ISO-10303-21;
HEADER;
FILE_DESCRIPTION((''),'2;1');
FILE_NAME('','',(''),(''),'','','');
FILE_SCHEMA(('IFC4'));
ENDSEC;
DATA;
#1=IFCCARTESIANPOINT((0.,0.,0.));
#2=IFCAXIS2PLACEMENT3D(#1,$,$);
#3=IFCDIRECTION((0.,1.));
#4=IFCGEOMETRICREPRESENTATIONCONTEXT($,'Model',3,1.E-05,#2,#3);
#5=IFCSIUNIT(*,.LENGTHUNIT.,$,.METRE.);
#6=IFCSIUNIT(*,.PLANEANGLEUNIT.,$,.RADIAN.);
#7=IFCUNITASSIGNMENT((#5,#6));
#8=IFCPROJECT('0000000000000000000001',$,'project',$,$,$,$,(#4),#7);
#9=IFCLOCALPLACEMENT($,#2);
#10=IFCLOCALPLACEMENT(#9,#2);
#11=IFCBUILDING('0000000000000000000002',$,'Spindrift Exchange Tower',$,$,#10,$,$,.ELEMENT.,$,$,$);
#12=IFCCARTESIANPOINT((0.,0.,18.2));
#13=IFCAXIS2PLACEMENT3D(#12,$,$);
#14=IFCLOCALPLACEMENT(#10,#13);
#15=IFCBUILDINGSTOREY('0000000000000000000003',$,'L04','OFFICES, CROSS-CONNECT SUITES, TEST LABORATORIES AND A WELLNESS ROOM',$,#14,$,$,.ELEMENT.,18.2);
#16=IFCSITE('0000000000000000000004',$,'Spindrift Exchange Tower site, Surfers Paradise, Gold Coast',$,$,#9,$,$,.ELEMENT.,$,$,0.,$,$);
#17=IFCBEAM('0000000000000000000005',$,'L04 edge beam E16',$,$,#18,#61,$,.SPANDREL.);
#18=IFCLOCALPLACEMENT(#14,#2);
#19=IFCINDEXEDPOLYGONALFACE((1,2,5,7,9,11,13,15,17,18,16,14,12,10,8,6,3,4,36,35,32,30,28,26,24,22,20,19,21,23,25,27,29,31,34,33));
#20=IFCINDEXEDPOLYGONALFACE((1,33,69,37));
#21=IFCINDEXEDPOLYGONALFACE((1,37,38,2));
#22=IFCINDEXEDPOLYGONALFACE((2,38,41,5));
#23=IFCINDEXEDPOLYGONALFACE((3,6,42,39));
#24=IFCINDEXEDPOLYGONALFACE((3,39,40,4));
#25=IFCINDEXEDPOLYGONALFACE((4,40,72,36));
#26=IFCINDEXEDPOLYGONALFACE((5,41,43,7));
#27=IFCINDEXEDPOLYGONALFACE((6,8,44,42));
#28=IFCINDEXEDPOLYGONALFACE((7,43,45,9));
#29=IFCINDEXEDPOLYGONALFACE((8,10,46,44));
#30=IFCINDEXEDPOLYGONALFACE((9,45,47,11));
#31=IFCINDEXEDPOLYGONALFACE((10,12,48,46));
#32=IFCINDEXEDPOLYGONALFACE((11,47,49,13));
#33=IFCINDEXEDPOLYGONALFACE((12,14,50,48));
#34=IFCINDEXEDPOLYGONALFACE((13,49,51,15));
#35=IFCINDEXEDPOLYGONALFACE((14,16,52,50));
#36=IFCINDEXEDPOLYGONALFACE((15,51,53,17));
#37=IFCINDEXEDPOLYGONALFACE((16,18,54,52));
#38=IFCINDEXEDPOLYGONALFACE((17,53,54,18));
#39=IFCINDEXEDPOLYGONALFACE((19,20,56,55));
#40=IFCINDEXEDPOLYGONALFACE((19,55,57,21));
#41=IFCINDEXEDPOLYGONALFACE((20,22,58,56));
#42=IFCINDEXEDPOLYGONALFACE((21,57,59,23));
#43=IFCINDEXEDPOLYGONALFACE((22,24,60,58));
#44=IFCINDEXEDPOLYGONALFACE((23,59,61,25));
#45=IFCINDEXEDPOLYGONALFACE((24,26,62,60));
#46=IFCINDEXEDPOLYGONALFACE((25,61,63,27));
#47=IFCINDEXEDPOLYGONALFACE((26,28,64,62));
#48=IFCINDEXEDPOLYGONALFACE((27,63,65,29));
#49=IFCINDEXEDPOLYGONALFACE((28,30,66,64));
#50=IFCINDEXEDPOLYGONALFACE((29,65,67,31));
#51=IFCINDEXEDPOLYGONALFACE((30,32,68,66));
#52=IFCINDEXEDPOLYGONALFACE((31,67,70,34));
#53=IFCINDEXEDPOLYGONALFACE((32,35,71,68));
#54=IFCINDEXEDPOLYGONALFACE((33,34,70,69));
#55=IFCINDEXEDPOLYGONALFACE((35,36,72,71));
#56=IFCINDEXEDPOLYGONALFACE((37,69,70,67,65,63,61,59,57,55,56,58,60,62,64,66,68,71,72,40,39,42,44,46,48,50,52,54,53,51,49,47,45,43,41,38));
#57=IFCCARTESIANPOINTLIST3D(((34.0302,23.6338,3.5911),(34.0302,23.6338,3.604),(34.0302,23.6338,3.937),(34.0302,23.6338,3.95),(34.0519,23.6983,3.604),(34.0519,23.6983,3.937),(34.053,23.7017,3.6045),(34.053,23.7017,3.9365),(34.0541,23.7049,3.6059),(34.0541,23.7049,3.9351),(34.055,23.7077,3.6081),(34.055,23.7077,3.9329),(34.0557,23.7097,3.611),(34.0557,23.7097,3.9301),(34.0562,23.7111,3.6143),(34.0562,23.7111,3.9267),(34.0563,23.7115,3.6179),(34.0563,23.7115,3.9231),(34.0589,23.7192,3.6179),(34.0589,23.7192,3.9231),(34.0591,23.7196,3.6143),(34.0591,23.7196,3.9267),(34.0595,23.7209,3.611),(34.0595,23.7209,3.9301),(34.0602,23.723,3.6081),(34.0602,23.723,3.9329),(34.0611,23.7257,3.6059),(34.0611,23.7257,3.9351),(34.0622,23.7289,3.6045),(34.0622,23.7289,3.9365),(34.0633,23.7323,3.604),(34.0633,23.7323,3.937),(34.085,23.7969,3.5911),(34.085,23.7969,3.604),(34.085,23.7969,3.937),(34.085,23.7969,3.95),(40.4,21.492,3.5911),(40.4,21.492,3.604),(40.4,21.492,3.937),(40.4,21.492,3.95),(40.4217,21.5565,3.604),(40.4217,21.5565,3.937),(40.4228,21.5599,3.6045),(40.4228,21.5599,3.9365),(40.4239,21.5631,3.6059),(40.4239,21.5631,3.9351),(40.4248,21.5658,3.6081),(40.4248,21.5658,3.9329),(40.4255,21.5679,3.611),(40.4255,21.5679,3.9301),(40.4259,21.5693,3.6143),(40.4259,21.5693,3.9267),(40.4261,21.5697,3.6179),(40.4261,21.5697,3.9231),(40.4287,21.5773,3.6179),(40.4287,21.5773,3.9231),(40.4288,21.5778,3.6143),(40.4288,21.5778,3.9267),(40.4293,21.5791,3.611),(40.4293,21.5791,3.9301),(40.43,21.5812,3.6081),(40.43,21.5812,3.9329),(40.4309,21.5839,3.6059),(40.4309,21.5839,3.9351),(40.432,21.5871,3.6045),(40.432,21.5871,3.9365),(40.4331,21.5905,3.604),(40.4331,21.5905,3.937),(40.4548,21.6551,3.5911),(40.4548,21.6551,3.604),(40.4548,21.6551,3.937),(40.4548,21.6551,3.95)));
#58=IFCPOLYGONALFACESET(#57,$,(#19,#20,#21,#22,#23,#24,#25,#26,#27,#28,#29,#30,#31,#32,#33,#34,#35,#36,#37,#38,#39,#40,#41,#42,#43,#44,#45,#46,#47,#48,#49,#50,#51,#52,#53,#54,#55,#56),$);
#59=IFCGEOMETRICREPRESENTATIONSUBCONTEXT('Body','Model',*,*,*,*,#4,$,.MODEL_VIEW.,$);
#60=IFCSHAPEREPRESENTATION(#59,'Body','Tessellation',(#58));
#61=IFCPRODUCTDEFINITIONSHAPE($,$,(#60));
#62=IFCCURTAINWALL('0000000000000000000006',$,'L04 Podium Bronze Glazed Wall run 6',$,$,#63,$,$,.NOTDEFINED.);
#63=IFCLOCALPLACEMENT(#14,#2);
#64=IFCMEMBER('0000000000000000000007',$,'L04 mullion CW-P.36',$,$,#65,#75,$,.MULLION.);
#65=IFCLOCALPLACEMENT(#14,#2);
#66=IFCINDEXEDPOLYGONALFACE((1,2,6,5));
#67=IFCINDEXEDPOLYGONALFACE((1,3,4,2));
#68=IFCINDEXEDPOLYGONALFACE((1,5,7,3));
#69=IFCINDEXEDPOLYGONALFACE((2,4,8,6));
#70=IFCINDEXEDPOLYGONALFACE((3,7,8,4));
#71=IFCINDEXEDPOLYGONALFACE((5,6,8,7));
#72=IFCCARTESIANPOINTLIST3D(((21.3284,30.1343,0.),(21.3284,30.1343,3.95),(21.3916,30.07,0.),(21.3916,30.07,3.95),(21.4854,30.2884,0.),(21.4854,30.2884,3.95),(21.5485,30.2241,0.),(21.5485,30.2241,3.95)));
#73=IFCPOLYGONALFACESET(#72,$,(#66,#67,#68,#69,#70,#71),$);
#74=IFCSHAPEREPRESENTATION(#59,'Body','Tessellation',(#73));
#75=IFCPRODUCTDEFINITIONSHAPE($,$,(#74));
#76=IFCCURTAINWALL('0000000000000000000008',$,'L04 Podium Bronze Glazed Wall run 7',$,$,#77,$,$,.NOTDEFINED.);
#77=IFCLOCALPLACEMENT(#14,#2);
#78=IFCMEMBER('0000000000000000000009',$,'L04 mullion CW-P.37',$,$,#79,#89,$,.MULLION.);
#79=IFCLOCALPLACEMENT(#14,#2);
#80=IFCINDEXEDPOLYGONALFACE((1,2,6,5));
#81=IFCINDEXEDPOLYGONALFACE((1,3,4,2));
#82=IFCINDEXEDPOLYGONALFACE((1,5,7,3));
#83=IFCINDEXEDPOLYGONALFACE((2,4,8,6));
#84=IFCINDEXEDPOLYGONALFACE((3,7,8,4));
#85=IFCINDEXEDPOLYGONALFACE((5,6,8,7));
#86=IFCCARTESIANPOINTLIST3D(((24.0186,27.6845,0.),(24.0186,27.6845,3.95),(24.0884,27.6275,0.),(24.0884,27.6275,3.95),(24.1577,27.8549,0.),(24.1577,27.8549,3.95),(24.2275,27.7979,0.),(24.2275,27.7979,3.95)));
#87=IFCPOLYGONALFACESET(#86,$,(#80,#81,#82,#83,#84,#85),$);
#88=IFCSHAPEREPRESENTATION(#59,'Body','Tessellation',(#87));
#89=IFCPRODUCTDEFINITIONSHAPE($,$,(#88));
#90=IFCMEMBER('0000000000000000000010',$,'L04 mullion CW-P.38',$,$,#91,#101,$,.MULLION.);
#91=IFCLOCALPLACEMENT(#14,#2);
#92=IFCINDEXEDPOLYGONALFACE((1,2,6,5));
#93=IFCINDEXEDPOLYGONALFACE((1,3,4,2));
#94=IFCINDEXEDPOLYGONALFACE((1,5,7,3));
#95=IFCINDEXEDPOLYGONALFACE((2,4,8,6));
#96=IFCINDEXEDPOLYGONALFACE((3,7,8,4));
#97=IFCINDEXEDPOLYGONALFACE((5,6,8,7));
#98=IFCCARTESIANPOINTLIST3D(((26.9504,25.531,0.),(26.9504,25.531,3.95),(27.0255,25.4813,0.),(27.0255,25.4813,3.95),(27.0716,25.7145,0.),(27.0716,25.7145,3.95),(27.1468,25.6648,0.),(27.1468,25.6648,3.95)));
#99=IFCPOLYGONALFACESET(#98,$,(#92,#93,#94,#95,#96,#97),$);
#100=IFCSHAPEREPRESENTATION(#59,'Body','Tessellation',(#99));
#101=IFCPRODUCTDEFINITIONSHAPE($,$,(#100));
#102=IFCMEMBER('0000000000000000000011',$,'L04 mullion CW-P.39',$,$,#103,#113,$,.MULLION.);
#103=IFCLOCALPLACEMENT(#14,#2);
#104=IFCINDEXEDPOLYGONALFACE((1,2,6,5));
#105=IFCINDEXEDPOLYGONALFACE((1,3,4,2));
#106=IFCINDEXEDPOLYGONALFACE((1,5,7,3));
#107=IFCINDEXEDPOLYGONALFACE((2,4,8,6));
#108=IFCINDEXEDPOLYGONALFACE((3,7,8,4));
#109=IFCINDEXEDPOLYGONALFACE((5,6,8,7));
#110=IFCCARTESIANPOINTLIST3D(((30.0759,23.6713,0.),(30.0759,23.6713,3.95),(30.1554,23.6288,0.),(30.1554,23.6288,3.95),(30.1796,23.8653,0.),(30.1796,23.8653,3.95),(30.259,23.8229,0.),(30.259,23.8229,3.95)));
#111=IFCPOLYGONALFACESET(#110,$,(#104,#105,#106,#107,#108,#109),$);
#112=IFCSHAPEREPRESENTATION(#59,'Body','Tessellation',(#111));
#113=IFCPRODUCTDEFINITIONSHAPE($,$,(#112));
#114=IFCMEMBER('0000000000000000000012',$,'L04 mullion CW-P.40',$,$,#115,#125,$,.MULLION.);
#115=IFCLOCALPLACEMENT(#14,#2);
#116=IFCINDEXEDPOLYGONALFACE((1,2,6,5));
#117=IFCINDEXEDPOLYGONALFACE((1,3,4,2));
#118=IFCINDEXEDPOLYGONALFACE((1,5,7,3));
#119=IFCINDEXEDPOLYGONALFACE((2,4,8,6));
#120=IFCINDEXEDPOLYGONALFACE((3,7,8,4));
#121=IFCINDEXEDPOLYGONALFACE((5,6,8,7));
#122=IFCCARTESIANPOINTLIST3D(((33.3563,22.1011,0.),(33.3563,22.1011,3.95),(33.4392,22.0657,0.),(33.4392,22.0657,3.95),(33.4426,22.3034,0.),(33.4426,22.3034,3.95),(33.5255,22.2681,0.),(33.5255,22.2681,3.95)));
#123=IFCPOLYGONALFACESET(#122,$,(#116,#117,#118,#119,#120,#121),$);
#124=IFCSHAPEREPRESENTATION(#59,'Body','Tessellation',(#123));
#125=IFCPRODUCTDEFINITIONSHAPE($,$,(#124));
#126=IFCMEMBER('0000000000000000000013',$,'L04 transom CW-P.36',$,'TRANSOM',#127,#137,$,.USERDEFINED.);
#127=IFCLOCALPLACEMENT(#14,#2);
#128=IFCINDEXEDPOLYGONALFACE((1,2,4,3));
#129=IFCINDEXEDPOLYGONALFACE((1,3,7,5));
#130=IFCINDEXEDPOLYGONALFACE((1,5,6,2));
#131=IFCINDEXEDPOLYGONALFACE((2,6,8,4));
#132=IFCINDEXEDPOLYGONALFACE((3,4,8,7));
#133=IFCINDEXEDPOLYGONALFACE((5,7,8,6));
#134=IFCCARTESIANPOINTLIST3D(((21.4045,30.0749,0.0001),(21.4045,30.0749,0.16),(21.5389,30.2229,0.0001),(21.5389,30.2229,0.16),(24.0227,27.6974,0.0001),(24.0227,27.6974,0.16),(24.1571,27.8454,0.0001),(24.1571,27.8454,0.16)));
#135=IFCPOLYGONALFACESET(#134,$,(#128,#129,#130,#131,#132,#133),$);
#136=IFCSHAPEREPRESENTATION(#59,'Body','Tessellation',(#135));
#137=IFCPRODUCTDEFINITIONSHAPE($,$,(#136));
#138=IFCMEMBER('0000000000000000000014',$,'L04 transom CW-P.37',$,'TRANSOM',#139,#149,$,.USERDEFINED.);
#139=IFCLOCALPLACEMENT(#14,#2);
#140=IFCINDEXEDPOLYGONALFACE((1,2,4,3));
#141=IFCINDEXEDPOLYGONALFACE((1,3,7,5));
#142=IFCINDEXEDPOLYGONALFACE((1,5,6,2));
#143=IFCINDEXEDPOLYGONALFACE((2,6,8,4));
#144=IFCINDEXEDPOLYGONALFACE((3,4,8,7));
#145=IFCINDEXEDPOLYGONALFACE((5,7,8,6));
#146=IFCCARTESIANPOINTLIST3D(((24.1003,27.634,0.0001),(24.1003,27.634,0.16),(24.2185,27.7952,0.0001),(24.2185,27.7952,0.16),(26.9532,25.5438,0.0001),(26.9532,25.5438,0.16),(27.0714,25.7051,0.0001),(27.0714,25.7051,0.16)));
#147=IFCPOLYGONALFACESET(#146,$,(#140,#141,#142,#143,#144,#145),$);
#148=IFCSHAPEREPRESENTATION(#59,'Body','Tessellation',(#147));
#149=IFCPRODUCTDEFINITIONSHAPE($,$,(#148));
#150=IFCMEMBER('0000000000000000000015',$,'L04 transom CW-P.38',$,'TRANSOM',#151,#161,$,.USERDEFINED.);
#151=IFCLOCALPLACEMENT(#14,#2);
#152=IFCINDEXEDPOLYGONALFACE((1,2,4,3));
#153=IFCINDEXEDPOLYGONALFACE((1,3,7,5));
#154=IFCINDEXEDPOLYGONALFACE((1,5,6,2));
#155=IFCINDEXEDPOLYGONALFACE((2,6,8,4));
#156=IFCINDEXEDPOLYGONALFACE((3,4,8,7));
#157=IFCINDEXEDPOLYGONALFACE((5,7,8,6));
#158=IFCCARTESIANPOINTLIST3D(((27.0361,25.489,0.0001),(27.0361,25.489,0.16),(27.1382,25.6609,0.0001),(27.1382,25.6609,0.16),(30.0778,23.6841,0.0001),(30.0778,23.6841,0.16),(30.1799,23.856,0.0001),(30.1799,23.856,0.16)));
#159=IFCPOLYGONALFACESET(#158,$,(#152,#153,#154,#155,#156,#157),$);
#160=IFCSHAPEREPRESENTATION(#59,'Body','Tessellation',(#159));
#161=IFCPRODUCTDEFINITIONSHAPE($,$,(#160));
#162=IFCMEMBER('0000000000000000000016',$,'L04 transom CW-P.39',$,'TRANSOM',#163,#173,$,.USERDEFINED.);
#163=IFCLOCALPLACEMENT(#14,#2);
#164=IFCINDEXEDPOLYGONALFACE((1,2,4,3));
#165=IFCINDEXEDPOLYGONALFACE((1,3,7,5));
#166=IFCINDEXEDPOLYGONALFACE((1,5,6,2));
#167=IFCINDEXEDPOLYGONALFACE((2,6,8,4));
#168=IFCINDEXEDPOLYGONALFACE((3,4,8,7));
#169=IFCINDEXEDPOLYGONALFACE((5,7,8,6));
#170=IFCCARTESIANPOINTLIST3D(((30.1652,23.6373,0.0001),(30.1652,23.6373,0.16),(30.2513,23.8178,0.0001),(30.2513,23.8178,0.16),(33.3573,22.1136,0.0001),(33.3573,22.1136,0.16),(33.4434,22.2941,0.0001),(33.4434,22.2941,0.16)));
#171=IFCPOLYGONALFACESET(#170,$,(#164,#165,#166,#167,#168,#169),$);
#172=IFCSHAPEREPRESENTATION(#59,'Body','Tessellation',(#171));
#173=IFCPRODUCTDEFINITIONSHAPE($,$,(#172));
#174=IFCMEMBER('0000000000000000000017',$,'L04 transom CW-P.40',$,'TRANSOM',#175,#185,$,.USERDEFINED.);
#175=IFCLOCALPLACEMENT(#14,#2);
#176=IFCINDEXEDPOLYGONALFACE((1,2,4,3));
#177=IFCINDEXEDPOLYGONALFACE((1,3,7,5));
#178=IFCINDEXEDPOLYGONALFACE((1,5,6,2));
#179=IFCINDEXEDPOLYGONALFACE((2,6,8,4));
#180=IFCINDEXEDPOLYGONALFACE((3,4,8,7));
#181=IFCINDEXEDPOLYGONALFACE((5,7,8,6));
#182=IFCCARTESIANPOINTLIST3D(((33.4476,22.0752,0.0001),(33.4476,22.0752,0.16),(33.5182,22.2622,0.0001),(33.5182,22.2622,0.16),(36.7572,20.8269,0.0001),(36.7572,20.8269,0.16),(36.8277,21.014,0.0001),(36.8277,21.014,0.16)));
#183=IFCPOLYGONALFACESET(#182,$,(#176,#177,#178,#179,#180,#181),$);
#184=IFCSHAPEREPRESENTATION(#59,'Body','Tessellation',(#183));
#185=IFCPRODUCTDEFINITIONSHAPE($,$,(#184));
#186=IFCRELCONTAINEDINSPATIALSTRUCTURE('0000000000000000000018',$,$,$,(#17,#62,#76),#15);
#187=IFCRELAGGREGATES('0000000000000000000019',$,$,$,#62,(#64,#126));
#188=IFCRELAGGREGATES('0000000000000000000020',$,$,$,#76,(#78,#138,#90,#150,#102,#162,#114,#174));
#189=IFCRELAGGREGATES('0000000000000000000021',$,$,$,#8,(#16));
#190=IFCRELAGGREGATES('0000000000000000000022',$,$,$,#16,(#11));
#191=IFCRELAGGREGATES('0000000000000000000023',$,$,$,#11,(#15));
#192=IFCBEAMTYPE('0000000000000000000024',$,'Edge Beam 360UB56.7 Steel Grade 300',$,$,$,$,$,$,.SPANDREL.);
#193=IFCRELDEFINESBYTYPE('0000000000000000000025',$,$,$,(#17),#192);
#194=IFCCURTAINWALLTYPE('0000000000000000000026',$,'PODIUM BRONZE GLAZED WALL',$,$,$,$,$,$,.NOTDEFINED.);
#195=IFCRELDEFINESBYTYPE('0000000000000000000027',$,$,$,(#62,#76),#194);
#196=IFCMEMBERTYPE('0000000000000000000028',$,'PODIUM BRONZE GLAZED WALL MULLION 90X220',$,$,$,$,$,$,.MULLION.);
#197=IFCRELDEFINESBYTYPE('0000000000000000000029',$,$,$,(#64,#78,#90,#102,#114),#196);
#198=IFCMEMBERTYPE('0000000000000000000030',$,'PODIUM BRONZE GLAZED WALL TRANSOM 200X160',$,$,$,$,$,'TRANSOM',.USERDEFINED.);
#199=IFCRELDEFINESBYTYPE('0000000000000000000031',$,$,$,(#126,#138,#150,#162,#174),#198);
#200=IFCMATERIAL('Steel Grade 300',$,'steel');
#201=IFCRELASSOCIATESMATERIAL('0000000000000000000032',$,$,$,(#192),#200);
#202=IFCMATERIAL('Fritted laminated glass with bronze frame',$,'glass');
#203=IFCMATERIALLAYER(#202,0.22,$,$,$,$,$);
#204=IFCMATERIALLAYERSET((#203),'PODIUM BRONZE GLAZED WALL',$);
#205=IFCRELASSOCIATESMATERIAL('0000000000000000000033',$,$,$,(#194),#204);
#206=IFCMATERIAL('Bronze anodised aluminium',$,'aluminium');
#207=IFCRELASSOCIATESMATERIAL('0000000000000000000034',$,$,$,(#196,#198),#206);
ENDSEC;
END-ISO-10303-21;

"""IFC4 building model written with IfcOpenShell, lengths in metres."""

from ifc_helpers import new_model, si_unit, direction, frame, origin, origin_2d, place, context, subcontext, project, spatial, rectangle, i_section, extrude, source, transform, mapped, material, layer, layer_set, material_profile, profile_set, type_object, element, aggregate, save


model = new_model("IFC4")

# Units and contexts
model_context = context("Model", 3, precision=1e-05, world=origin(), true_north=direction((0.0, 1.0)))
body_context = subcontext(model_context, "Body", "Model", "MODEL_VIEW")
ifc_project = project(units=[si_unit("LENGTHUNIT", "METRE"), si_unit("PLANEANGLEUNIT", "RADIAN")], contexts=[model_context])

# Site, building, storey
site_placement = place(None, origin())
site = spatial("IfcSite", under=ifc_project, at=site_placement, Name="Spindrift Exchange Tower site, Surfers Paradise, Gold Coast", CompositionType="ELEMENT", RefElevation=0.0)
building_placement = place(site_placement, origin())
building = spatial("IfcBuilding", under=site, at=building_placement, Name="Spindrift Exchange Tower", CompositionType="ELEMENT")
storey_placement = place(building_placement, frame((0.0, 0.0, 18.2)))
storey = spatial("IfcBuildingStorey", under=building, at=storey_placement, Name="L04", Description="OFFICES, CROSS-CONNECT SUITES, TEST LABORATORIES AND A WELLNESS ROOM", CompositionType="ELEMENT", Elevation=18.2)

# Beam
ifc_material_1 = material(Name="Steel Grade 300", Category="steel")
ifc_material_profile_1 = material_profile(ifc_material_1, i_section(OverallWidth=0.1721, OverallDepth=0.3589, WebThickness=0.0081, FlangeThickness=0.0129, FilletRadius=0.0139, at=origin_2d()), Name="360UB56.7")
ifc_profile_set_1 = profile_set([ifc_material_profile_1], Name="Steel Grade 300")
beam_type = type_object("IfcBeamType", Name="Edge Beam 360UB56.7 Steel Grade 300", PredefinedType="SPANDREL", material=ifc_profile_set_1)
shared_shape_1 = source(origin(), body_context, "Body", "SweptSolid", [
    extrude(i_section(OverallWidth=0.1721, OverallDepth=0.3589, WebThickness=0.0081, FlangeThickness=0.0129, FilletRadius=0.0139, at=origin_2d()), origin(), (0.0, 0.0, 1.0), 6.7202),
])
beam_1_placement = place(storey_placement, frame((34.0576, 23.7153, 3.7705), z_axis=(0.947852, -0.318712, 0.0), x_axis=(0.318712, 0.947852, 0.0)))
element("IfcBeam", 1, at=beam_1_placement, inside=storey, type_object=beam_type, Name="L04 edge beam E16", PredefinedType="SPANDREL", context=body_context, shape_type="MappedRepresentation", body=[
    mapped(shared_shape_1, transform((0.0, 0.0, 0.0), scale=1.0)),
])

# Curtain wall, member
ifc_material_2 = material(Name="Fritted laminated glass with bronze frame", Category="glass")
ifc_layer_1 = layer(ifc_material_2, 0.22)
ifc_layer_set_1 = layer_set([ifc_layer_1], Name="PODIUM BRONZE GLAZED WALL")
curtain_wall_type = type_object("IfcCurtainWallType", Name="PODIUM BRONZE GLAZED WALL", PredefinedType="NOTDEFINED", material=ifc_layer_set_1)
curtain_wall_1_placement = place(storey_placement, origin())
curtain_wall_1 = element("IfcCurtainWall", 2, at=curtain_wall_1_placement, inside=storey, type_object=curtain_wall_type, Name="L04 Podium Bronze Glazed Wall run 6", PredefinedType="NOTDEFINED")
ifc_material_3 = material(Name="Bronze anodised aluminium", Category="aluminium")
ifc_material_profile_2 = material_profile(ifc_material_3, rectangle(XDim=0.0901, YDim=0.22, at=origin_2d()), Name="PODIUM BRONZE GLAZED WALL MULLION 90X220")
ifc_profile_set_2 = profile_set([ifc_material_profile_2], Name="Bronze anodised aluminium")
member_type_1 = type_object("IfcMemberType", Name="PODIUM BRONZE GLAZED WALL MULLION 90X220", PredefinedType="MULLION", material=ifc_profile_set_2)
shared_shape_2 = source(origin(), body_context, "Body", "SweptSolid", [
    extrude(rectangle(XDim=0.0901, YDim=0.22, at=origin_2d()), origin(), (0.0, 0.0, 1.0), 3.95),
])
member_1_placement = place(storey_placement, frame((21.4385, 30.1792, 0.0), z_axis=(0.0, 0.0, 1.0), x_axis=(0.700723, -0.713433, 0.0)))
member_1 = element("IfcMember", 3, at=member_1_placement, type_object=member_type_1, Name="L04 mullion CW-P.36", PredefinedType="MULLION", context=body_context, shape_type="MappedRepresentation", body=[
    mapped(shared_shape_2, transform((0.0, 0.0, 0.0), scale=1.0)),
])

# Curtain wall, members
curtain_wall_2_placement = place(storey_placement, origin())
curtain_wall_2 = element("IfcCurtainWall", 4, at=curtain_wall_2_placement, inside=storey, type_object=curtain_wall_type, Name="L04 Podium Bronze Glazed Wall run 7", PredefinedType="NOTDEFINED")
member_2_placement = place(storey_placement, frame((24.123, 27.7412, 0.0), z_axis=(0.0, 0.0, 1.0), x_axis=(0.774543, -0.632521, 0.0)))
member_2 = element("IfcMember", 5, at=member_2_placement, type_object=member_type_1, Name="L04 mullion CW-P.37", PredefinedType="MULLION", context=body_context, shape_type="MappedRepresentation", body=[
    mapped(shared_shape_2, transform((0.0, 0.0, 0.0), scale=1.0)),
])
member_3_placement = place(storey_placement, frame((27.0486, 25.5979, 0.0), z_axis=(0.0, 0.0, 1.0), x_axis=(0.834296, -0.551317, 0.0)))
member_3 = element("IfcMember", 6, at=member_3_placement, type_object=member_type_1, Name="L04 mullion CW-P.38", PredefinedType="MULLION", context=body_context, shape_type="MappedRepresentation", body=[
    mapped(shared_shape_2, transform((0.0, 0.0, 0.0), scale=1.0)),
])
member_4_placement = place(storey_placement, frame((30.1675, 23.7471, 0.0), z_axis=(0.0, 0.0, 1.0), x_axis=(0.882122, -0.471021, 0.0)))
member_4 = element("IfcMember", 7, at=member_4_placement, type_object=member_type_1, Name="L04 mullion CW-P.39", PredefinedType="MULLION", context=body_context, shape_type="MappedRepresentation", body=[
    mapped(shared_shape_2, transform((0.0, 0.0, 0.0), scale=1.0)),
])
member_5_placement = place(storey_placement, frame((33.4409, 22.1846, 0.0), z_axis=(0.0, 0.0, 1.0), x_axis=(0.919884, -0.39219, 0.0)))
member_5 = element("IfcMember", 8, at=member_5_placement, type_object=member_type_1, Name="L04 mullion CW-P.40", PredefinedType="MULLION", context=body_context, shape_type="MappedRepresentation", body=[
    mapped(shared_shape_2, transform((0.0, 0.0, 0.0), scale=1.0)),
])

# Members
ifc_material_profile_3 = material_profile(ifc_material_3, rectangle(XDim=0.2, YDim=0.1599, at=origin_2d()), Name="PODIUM BRONZE GLAZED WALL TRANSOM 200X160")
ifc_profile_set_3 = profile_set([ifc_material_profile_3], Name="Bronze anodised aluminium")
member_type_2 = type_object("IfcMemberType", Name="PODIUM BRONZE GLAZED WALL TRANSOM 200X160", ElementType="TRANSOM", PredefinedType="USERDEFINED", material=ifc_profile_set_3)
shared_shape_3 = source(origin(), body_context, "Body", "SweptSolid", [
    extrude(rectangle(XDim=0.2, YDim=0.1599, at=origin_2d()), origin(), (0.0, 0.0, 1.0), 3.5366),
])
member_6_placement = place(storey_placement, frame((21.4717, 30.1489, 0.0801), z_axis=(0.740321, -0.672253, 0.0), x_axis=(0.672253, 0.740321, 0.0)))
member_6 = element("IfcMember", 9, at=member_6_placement, type_object=member_type_2, Name="L04 transom CW-P.36", ObjectType="TRANSOM", PredefinedType="USERDEFINED", context=body_context, shape_type="MappedRepresentation", body=[
    mapped(shared_shape_3, transform((0.0, 0.0, 0.0), scale=1.0)),
])
member_7_placement = place(storey_placement, frame((24.1594, 27.7146, 0.0801), z_axis=(0.806668, -0.591004, 0.0), x_axis=(0.591004, 0.806668, 0.0)))
member_7 = element("IfcMember", 10, at=member_7_placement, type_object=member_type_2, Name="L04 transom CW-P.37", ObjectType="TRANSOM", PredefinedType="USERDEFINED", context=body_context, shape_type="MappedRepresentation", body=[
    mapped(shared_shape_3, transform((0.0, 0.0, 0.0), scale=1.0)),
])
shared_shape_4 = source(origin(), body_context, "Body", "SweptSolid", [
    extrude(rectangle(XDim=0.2, YDim=0.1599, at=origin_2d()), origin(), (0.0, 0.0, 1.0), 3.5369),
])
member_8_placement = place(storey_placement, frame((27.0872, 25.575, 0.0801), z_axis=(0.859992, -0.510307, 0.0), x_axis=(0.510307, 0.859992, 0.0)))
member_8 = element("IfcMember", 11, at=member_8_placement, type_object=member_type_2, Name="L04 transom CW-P.38", ObjectType="TRANSOM", PredefinedType="USERDEFINED", context=body_context, shape_type="MappedRepresentation", body=[
    mapped(shared_shape_4, transform((0.0, 0.0, 0.0), scale=1.0)),
])
shared_shape_5 = source(origin(), body_context, "Body", "SweptSolid", [
    extrude(rectangle(XDim=0.2, YDim=0.1599, at=origin_2d()), origin(), (0.0, 0.0, 1.0), 3.5371),
])
member_9_placement = place(storey_placement, frame((30.2083, 23.7275, 0.0801), z_axis=(0.902463, -0.430767, 0.0), x_axis=(0.430767, 0.902463, 0.0)))
member_9 = element("IfcMember", 12, at=member_9_placement, type_object=member_type_2, Name="L04 transom CW-P.39", ObjectType="TRANSOM", PredefinedType="USERDEFINED", context=body_context, shape_type="MappedRepresentation", body=[
    mapped(shared_shape_5, transform((0.0, 0.0, 0.0), scale=1.0)),
])
member_10_placement = place(storey_placement, frame((33.4829, 22.1687, 0.0801), z_axis=(0.935658, -0.352908, 0.0), x_axis=(0.352908, 0.935658, 0.0)))
member_10 = element("IfcMember", 13, at=member_10_placement, type_object=member_type_2, Name="L04 transom CW-P.40", ObjectType="TRANSOM", PredefinedType="USERDEFINED", context=body_context, shape_type="MappedRepresentation", body=[
    mapped(shared_shape_5, transform((0.0, 0.0, 0.0), scale=1.0)),
])

aggregate(curtain_wall_1, [member_1, member_6])
aggregate(curtain_wall_2, [member_2, member_7, member_3, member_8, member_4, member_9, member_5, member_10])

save(model, "model.ifc")
